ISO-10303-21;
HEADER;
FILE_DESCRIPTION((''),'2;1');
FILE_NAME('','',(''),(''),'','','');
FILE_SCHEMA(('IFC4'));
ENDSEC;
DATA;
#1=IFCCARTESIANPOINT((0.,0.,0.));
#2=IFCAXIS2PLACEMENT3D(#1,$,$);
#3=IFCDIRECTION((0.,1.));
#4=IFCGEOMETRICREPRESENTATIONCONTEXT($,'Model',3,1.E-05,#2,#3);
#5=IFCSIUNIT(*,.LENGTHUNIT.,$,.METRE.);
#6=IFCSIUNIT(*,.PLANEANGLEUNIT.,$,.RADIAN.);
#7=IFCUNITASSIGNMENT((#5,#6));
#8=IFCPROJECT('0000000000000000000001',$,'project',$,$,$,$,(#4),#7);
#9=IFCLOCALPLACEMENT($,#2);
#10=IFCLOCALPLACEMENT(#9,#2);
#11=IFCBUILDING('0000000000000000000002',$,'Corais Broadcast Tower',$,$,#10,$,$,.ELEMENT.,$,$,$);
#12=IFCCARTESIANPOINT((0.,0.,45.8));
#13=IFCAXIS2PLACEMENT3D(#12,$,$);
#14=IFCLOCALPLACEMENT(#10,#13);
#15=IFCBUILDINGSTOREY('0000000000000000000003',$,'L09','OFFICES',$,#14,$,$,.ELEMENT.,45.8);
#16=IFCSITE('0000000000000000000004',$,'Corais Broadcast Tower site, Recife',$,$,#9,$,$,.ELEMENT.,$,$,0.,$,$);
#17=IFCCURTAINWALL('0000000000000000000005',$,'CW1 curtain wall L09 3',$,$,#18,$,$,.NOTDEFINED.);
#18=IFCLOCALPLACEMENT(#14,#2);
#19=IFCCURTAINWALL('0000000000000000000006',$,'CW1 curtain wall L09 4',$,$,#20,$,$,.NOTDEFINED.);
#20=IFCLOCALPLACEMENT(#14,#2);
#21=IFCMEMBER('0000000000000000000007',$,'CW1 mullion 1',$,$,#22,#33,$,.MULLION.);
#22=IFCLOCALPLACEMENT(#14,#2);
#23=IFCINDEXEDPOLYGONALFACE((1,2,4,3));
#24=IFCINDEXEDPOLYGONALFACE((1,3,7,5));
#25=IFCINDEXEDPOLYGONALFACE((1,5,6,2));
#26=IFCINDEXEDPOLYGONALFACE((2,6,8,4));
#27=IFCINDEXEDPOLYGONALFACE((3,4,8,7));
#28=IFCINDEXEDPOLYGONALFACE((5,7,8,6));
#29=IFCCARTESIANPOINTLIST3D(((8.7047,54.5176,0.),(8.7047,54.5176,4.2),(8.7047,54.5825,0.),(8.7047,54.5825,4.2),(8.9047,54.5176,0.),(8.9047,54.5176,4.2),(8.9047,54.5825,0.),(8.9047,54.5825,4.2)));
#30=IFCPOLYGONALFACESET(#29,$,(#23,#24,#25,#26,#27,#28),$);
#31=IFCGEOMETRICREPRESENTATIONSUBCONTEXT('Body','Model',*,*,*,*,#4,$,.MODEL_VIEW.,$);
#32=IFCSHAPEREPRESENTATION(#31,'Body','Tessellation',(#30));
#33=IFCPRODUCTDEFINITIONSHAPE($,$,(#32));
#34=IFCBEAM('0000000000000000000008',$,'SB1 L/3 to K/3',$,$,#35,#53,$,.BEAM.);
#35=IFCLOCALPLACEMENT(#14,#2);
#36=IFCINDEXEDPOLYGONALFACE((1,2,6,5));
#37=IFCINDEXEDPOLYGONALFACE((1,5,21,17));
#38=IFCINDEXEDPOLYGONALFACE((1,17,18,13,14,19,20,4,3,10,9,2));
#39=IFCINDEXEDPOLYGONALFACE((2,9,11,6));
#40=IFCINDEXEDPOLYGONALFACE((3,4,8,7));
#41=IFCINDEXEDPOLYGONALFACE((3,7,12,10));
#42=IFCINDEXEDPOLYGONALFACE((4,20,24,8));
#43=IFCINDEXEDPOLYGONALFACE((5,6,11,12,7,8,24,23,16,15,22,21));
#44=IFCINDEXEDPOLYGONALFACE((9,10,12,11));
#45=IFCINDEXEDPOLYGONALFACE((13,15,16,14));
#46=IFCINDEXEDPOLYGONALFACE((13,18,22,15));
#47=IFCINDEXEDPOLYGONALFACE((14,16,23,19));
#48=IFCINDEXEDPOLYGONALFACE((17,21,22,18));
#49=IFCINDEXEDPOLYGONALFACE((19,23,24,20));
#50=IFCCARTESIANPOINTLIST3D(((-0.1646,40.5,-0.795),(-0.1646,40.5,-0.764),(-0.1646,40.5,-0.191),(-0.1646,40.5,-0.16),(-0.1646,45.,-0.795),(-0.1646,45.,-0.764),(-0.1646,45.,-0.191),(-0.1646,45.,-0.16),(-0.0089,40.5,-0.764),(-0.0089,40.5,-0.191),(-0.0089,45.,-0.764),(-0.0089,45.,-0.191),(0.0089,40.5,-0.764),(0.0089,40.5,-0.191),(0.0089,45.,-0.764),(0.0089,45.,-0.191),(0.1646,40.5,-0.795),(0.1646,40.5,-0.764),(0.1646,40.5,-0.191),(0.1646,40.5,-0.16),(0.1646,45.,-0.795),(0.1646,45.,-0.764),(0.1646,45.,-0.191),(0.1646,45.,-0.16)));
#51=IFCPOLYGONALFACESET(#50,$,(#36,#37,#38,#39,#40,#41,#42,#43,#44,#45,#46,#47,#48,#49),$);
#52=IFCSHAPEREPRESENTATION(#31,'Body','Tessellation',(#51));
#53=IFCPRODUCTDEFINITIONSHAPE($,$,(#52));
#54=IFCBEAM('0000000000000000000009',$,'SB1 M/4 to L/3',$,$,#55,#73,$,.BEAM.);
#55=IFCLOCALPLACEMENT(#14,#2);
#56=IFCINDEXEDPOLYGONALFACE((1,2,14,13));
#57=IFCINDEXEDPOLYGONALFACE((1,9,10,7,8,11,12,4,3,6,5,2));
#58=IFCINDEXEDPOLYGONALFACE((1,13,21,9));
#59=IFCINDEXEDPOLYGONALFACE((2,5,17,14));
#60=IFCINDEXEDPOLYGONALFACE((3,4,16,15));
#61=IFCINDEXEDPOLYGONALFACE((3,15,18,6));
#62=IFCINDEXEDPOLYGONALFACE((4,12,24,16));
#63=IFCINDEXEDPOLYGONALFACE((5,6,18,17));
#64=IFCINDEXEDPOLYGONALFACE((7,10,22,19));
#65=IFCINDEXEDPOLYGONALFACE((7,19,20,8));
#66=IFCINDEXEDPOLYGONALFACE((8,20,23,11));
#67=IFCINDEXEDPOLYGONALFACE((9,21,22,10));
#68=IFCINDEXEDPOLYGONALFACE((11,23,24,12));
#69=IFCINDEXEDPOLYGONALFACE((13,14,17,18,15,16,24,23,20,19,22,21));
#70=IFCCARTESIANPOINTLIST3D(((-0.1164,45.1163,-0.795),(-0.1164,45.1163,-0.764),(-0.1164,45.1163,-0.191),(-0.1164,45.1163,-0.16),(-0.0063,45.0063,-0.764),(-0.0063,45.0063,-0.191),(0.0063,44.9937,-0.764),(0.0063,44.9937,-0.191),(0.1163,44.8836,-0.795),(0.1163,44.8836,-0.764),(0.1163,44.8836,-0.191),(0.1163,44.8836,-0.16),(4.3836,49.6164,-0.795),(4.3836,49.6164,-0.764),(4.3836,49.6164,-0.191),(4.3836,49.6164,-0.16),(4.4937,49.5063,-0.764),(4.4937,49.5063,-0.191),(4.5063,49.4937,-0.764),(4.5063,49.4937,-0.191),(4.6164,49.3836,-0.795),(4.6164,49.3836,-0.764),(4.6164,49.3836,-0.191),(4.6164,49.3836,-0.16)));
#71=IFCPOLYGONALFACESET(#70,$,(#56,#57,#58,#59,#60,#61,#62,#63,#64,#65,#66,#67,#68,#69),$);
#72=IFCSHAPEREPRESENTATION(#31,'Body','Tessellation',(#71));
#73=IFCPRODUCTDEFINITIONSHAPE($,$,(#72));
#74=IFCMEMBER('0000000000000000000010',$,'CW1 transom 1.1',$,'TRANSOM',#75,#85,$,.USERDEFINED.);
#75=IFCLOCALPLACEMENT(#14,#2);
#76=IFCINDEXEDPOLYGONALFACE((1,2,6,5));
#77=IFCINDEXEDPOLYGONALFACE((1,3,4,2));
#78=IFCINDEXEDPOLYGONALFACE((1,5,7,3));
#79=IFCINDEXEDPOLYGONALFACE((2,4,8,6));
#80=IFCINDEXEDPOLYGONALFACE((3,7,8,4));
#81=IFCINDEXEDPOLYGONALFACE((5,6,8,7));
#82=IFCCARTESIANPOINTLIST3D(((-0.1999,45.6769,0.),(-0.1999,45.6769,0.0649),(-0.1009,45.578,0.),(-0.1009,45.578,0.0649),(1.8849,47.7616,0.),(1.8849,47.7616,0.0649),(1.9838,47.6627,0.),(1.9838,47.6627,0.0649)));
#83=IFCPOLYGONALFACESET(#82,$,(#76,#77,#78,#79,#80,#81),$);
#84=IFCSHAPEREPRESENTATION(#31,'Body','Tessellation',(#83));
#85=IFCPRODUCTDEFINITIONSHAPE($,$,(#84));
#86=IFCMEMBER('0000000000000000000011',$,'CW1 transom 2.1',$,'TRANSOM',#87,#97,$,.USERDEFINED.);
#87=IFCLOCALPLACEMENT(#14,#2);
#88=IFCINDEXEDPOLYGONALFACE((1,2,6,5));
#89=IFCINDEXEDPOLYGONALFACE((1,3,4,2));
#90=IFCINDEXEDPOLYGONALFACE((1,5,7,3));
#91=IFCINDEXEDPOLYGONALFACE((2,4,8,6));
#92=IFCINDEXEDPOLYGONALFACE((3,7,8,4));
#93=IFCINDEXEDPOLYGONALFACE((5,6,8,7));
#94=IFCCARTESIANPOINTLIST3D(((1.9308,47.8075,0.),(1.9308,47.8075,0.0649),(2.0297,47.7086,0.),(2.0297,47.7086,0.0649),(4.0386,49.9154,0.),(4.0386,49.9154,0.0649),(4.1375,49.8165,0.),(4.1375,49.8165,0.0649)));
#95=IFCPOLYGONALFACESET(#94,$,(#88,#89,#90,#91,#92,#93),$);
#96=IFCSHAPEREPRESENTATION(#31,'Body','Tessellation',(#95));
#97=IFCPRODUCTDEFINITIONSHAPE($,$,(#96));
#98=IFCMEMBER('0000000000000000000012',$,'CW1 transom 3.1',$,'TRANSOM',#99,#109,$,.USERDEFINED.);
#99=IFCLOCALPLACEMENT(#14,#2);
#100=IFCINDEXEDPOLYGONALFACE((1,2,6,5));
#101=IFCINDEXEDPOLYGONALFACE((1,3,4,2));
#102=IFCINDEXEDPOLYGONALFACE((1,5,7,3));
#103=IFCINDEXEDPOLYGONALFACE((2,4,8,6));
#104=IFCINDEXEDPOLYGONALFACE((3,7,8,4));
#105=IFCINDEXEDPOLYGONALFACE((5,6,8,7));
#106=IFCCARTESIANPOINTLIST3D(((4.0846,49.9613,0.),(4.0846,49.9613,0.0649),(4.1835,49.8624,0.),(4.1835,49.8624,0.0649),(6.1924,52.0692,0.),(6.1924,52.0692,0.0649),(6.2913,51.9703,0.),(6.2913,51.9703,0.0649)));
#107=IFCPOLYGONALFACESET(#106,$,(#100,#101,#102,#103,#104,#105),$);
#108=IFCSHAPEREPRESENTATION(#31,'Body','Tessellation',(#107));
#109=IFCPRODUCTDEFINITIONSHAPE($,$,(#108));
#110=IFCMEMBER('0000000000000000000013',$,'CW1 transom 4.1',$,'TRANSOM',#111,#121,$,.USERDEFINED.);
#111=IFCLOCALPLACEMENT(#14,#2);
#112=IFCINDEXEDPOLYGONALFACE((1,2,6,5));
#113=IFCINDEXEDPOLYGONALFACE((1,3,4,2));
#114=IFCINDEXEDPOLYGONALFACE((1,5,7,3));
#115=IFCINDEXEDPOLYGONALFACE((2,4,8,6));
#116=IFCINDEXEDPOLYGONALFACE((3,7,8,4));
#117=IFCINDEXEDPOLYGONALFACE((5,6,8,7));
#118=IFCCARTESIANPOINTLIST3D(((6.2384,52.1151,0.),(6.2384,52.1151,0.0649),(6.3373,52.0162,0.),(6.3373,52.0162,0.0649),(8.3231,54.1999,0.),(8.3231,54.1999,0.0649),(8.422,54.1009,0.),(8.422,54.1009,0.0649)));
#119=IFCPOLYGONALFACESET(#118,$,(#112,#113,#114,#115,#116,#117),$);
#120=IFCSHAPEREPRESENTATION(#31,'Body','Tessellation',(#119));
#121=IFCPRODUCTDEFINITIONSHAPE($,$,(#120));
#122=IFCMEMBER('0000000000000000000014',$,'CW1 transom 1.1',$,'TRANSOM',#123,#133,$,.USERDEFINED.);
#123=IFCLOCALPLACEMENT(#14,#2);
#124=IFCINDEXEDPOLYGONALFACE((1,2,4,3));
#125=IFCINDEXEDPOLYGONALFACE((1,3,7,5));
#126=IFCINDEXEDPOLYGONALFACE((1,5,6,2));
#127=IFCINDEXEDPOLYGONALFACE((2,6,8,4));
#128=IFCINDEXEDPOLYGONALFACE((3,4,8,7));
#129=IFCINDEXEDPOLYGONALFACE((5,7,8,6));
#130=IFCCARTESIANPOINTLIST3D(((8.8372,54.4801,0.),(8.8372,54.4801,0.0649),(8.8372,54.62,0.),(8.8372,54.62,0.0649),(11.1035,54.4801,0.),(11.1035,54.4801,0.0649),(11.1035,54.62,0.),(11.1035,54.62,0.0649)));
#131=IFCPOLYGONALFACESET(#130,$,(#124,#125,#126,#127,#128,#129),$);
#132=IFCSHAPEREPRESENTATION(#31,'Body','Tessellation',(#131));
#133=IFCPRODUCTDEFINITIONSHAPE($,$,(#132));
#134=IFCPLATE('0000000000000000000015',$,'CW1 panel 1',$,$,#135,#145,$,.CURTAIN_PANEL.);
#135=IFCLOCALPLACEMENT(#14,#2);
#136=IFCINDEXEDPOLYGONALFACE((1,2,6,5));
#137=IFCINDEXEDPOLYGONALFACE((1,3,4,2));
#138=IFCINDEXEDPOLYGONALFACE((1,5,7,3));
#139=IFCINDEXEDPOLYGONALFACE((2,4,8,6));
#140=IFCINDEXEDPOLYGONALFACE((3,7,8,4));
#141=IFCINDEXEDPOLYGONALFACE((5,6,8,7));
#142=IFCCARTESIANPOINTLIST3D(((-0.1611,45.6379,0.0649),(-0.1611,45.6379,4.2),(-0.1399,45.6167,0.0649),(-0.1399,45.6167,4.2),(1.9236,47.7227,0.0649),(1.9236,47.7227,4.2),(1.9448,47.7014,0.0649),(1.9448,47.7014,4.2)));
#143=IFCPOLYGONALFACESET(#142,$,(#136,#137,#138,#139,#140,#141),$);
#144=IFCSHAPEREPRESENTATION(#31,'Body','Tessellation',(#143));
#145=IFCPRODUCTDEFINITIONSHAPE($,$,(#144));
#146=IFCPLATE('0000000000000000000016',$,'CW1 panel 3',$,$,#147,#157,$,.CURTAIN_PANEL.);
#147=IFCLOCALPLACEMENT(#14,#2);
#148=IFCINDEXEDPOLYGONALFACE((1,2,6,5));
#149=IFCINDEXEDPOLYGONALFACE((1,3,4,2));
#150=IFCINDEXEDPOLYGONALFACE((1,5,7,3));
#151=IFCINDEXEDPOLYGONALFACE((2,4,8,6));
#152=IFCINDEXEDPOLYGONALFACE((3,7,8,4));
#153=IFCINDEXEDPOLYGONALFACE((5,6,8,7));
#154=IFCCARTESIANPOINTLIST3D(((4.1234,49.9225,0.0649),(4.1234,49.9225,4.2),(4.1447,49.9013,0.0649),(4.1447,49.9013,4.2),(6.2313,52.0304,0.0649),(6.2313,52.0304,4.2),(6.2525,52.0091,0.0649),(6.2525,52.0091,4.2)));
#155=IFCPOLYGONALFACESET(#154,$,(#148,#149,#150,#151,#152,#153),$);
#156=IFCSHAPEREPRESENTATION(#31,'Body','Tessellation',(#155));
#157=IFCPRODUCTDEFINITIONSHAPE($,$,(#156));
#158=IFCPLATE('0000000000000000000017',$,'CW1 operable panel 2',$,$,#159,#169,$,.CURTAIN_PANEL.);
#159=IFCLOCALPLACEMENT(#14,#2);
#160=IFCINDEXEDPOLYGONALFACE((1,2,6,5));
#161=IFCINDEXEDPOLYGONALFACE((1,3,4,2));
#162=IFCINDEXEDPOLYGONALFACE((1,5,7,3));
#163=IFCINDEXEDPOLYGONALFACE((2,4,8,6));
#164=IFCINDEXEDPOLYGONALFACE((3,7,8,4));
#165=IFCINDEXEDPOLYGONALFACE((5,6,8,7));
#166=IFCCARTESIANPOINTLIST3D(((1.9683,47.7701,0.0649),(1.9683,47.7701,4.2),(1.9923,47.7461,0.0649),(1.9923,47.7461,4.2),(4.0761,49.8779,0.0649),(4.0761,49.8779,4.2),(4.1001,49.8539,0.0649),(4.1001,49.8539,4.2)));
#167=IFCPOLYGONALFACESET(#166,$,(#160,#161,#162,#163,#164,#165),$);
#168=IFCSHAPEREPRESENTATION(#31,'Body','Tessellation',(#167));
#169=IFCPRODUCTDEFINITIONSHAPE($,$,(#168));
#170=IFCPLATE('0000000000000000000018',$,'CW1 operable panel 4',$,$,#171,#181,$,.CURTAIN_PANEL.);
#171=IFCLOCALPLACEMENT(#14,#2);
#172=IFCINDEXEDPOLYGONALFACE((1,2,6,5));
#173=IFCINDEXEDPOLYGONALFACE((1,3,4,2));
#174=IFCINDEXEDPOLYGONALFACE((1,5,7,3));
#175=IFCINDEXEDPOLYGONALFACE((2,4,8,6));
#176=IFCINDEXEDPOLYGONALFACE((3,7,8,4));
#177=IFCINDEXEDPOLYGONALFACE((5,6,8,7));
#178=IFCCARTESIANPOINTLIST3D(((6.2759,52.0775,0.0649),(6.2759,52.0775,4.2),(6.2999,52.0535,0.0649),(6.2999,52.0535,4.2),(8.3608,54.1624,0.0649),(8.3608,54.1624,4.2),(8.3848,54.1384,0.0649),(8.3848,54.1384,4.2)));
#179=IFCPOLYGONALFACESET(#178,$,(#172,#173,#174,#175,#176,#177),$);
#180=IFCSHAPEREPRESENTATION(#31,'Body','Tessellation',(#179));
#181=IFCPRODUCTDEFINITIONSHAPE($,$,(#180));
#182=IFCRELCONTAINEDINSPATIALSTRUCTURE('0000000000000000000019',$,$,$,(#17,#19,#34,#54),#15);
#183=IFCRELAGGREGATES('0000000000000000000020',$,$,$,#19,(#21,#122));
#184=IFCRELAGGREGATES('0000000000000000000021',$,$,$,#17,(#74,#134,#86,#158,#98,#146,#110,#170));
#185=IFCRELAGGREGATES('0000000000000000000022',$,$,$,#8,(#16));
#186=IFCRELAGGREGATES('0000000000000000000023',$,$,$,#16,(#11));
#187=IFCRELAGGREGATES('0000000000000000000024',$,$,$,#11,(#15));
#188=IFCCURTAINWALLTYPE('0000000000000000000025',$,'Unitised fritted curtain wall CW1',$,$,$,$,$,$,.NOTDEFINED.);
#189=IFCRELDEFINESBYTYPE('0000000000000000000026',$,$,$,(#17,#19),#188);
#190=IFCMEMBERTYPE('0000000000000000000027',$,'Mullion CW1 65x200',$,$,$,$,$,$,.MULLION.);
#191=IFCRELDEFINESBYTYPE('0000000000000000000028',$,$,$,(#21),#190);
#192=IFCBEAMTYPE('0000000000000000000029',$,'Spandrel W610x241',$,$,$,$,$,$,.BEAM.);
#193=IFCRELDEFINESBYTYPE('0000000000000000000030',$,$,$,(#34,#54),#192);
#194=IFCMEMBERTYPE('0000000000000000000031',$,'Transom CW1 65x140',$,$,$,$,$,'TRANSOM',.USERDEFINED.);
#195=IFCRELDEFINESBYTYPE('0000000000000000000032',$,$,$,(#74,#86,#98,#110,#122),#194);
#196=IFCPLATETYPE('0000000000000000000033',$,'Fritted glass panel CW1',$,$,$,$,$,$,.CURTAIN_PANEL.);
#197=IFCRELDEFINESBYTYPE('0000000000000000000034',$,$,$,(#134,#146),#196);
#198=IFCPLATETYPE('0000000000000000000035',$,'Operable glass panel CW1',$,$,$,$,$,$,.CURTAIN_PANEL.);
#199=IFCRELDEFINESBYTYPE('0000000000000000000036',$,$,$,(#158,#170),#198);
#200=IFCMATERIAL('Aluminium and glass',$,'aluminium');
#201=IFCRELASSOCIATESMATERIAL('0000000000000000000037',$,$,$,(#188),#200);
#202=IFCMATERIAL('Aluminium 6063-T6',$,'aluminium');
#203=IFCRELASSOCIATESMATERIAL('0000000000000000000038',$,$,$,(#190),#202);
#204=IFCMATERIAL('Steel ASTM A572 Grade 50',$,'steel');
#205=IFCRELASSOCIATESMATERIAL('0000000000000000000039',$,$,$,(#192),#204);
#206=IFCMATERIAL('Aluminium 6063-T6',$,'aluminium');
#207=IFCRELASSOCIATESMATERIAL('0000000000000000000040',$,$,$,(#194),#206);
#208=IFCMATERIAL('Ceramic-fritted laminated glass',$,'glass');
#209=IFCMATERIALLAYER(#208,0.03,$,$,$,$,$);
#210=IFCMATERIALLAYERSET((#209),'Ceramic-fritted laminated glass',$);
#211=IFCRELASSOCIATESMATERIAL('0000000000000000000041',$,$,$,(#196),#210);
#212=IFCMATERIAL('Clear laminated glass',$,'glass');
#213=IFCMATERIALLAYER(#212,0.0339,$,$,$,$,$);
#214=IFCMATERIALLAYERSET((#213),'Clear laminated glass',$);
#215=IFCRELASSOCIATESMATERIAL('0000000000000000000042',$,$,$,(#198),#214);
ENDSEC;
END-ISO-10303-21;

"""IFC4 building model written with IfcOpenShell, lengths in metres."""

from ifc_helpers import new_model, si_unit, direction, frame, origin, origin_2d, place, context, subcontext, project, spatial, rectangle, i_section, extrude, material, layer, layer_set, material_profile, profile_set, type_object, element, aggregate, save


model = new_model("IFC4")

# Units and contexts
model_context = context("Model", 3, precision=1e-05, world=origin(), true_north=direction((0.0, 1.0)))
body_context = subcontext(model_context, "Body", "Model", "MODEL_VIEW")
ifc_project = project(units=[si_unit("LENGTHUNIT", "METRE"), si_unit("PLANEANGLEUNIT", "RADIAN")], contexts=[model_context])

# Site, building, storey
site_placement = place(None, origin())
site = spatial("IfcSite", under=ifc_project, at=site_placement, Name="Corais Broadcast Tower site, Recife", CompositionType="ELEMENT", RefElevation=0.0)
building_placement = place(site_placement, origin())
building = spatial("IfcBuilding", under=site, at=building_placement, Name="Corais Broadcast Tower", CompositionType="ELEMENT")
storey_placement = place(building_placement, frame((0.0, 0.0, 45.8)))
storey = spatial("IfcBuildingStorey", under=building, at=storey_placement, Name="L09", Description="OFFICES", CompositionType="ELEMENT", Elevation=45.8)

# Shared definitions
ifc_material_1 = material(Name="Aluminium and glass", Category="aluminium")
curtain_wall_type = type_object("IfcCurtainWallType", Name="Unitised fritted curtain wall CW1", PredefinedType="NOTDEFINED", material=ifc_material_1)
ifc_material_2 = material(Name="Aluminium 6063-T6", Category="aluminium")
ifc_material_profile_1 = material_profile(ifc_material_2, rectangle(XDim=0.0649, YDim=0.2, at=origin_2d()), Name="Mullion CW1 65x200")
ifc_profile_set_1 = profile_set([ifc_material_profile_1], Name="Aluminium 6063-T6")
member_type_1 = type_object("IfcMemberType", Name="Mullion CW1 65x200", PredefinedType="MULLION", material=ifc_profile_set_1)

# Curtain wall
curtain_wall_1_placement = place(storey_placement, origin())
curtain_wall_1 = element("IfcCurtainWall", 1, at=curtain_wall_1_placement, inside=storey, type_object=curtain_wall_type, Name="CW1 curtain wall L09 3", PredefinedType="NOTDEFINED")

# Curtain wall, member
curtain_wall_2_placement = place(storey_placement, origin())
curtain_wall_2 = element("IfcCurtainWall", 2, at=curtain_wall_2_placement, inside=storey, type_object=curtain_wall_type, Name="CW1 curtain wall L09 4", PredefinedType="NOTDEFINED")
member_1_placement = place(storey_placement, frame((8.8047, 54.55, 0.0), z_axis=(0.0, 0.0, 1.0), x_axis=(0.0, 1.0, 0.0)))
member_1 = element("IfcMember", 3, at=member_1_placement, type_object=member_type_1, Name="CW1 mullion 1", PredefinedType="MULLION", context=body_context, shape_type="SweptSolid", body=[
    extrude(rectangle(XDim=0.0649, YDim=0.2, at=origin_2d()), origin(), (0.0, 0.0, 1.0), 4.2),
])

# Beams
ifc_material_3 = material(Name="Steel ASTM A572 Grade 50", Category="steel")
ifc_material_profile_2 = material_profile(ifc_material_3, i_section(OverallWidth=0.3291, OverallDepth=0.635, WebThickness=0.0178, FlangeThickness=0.031, at=origin_2d()), Name="W610x241")
ifc_profile_set_2 = profile_set([ifc_material_profile_2], Name="Steel ASTM A572 Grade 50")
beam_type_1 = type_object("IfcBeamType", Name="Spandrel W610x241", PredefinedType="BEAM", material=ifc_profile_set_2)
beam_1_placement = place(storey_placement, frame((0.0, 45.0, -0.4775), z_axis=(0.0, -1.0, 0.0), x_axis=(1.0, 0.0, 0.0)))
element("IfcBeam", 4, at=beam_1_placement, inside=storey, type_object=beam_type_1, Name="SB1 L/3 to K/3", PredefinedType="BEAM", context=body_context, shape_type="SweptSolid", body=[
    extrude(i_section(OverallWidth=0.3291, OverallDepth=0.635, WebThickness=0.0178, FlangeThickness=0.031, at=origin_2d()), origin(), (0.0, 0.0, 1.0), 4.5),
])
beam_2_placement = place(storey_placement, frame((4.5, 49.5, -0.4775), z_axis=(-0.707107, -0.707107, 0.0), x_axis=(0.707107, -0.707107, 0.0)))
element("IfcBeam", 5, at=beam_2_placement, inside=storey, type_object=beam_type_1, Name="SB1 M/4 to L/3", PredefinedType="BEAM", context=body_context, shape_type="SweptSolid", body=[
    extrude(i_section(OverallWidth=0.3291, OverallDepth=0.635, WebThickness=0.0178, FlangeThickness=0.031, at=origin_2d()), origin(), (0.0, 0.0, 1.0), 6.364),
])

# Members
ifc_material_4 = material(Name="Aluminium 6063-T6", Category="aluminium")
ifc_material_profile_3 = material_profile(ifc_material_4, rectangle(XDim=0.1399, YDim=0.0649, at=origin_2d()), Name="Transom CW1 65x140")
ifc_profile_set_3 = profile_set([ifc_material_profile_3], Name="Aluminium 6063-T6")
member_type_2 = type_object("IfcMemberType", Name="Transom CW1 65x140", ElementType="TRANSOM", PredefinedType="USERDEFINED", material=ifc_profile_set_3)
member_2_placement = place(storey_placement, frame((-0.1504, 45.6274, 0.0325), z_axis=(0.707107, 0.707107, 0.0), x_axis=(-0.707107, 0.707107, 0.0)))
member_2 = element("IfcMember", 6, at=member_2_placement, type_object=member_type_2, Name="CW1 transom 1.1", ObjectType="TRANSOM", PredefinedType="USERDEFINED", context=body_context, shape_type="SweptSolid", body=[
    extrude(rectangle(XDim=0.1399, YDim=0.0649, at=origin_2d()), origin(), (0.0, 0.0, 1.0), 2.9482),
])
member_3_placement = place(storey_placement, frame((1.9802, 47.7581, 0.0325), z_axis=(0.707107, 0.707107, 0.0), x_axis=(-0.707107, 0.707107, 0.0)))
member_3 = element("IfcMember", 7, at=member_3_placement, type_object=member_type_2, Name="CW1 transom 2.1", ObjectType="TRANSOM", PredefinedType="USERDEFINED", context=body_context, shape_type="SweptSolid", body=[
    extrude(rectangle(XDim=0.1399, YDim=0.0649, at=origin_2d()), origin(), (0.0, 0.0, 1.0), 2.981),
])
member_4_placement = place(storey_placement, frame((4.134, 49.9119, 0.0325), z_axis=(0.707107, 0.707107, 0.0), x_axis=(-0.707107, 0.707107, 0.0)))
member_4 = element("IfcMember", 8, at=member_4_placement, type_object=member_type_2, Name="CW1 transom 3.1", ObjectType="TRANSOM", PredefinedType="USERDEFINED", context=body_context, shape_type="SweptSolid", body=[
    extrude(rectangle(XDim=0.1399, YDim=0.0649, at=origin_2d()), origin(), (0.0, 0.0, 1.0), 2.981),
])
member_5_placement = place(storey_placement, frame((6.2878, 52.0657, 0.0325), z_axis=(0.707107, 0.707107, 0.0), x_axis=(-0.707107, 0.707107, 0.0)))
member_5 = element("IfcMember", 9, at=member_5_placement, type_object=member_type_2, Name="CW1 transom 4.1", ObjectType="TRANSOM", PredefinedType="USERDEFINED", context=body_context, shape_type="SweptSolid", body=[
    extrude(rectangle(XDim=0.1399, YDim=0.0649, at=origin_2d()), origin(), (0.0, 0.0, 1.0), 2.9482),
])
member_6_placement = place(storey_placement, frame((8.8372, 54.55, 0.0325), z_axis=(1.0, 0.0, 0.0), x_axis=(0.0, 1.0, 0.0)))
member_6 = element("IfcMember", 10, at=member_6_placement, type_object=member_type_2, Name="CW1 transom 1.1", ObjectType="TRANSOM", PredefinedType="USERDEFINED", context=body_context, shape_type="SweptSolid", body=[
    extrude(rectangle(XDim=0.1399, YDim=0.0649, at=origin_2d()), origin(), (0.0, 0.0, 1.0), 2.2664),
])
aggregate(curtain_wall_2, [member_1, member_6])

# Plates
ifc_material_5 = material(Name="Ceramic-fritted laminated glass", Category="glass")
ifc_layer_1 = layer(ifc_material_5, 0.03)
ifc_layer_set_1 = layer_set([ifc_layer_1], Name="Ceramic-fritted laminated glass")
plate_type_1 = type_object("IfcPlateType", Name="Fritted glass panel CW1", PredefinedType="CURTAIN_PANEL", material=ifc_layer_set_1)
plate_1_placement = place(storey_placement, frame((0.8918, 46.6697, 0.0649), z_axis=(0.0, 0.0, 1.0), x_axis=(0.707107, 0.707107, 0.0)))
plate_1 = element("IfcPlate", 11, at=plate_1_placement, type_object=plate_type_1, Name="CW1 panel 1", PredefinedType="CURTAIN_PANEL", context=body_context, shape_type="SweptSolid", body=[
    extrude(rectangle(XDim=2.9482, YDim=0.03, at=origin_2d()), origin(), (0.0, 0.0, 1.0), 4.135),
])
plate_2_placement = place(storey_placement, frame((5.188, 50.9658, 0.0649), z_axis=(0.0, 0.0, 1.0), x_axis=(0.707107, 0.707107, 0.0)))
plate_2 = element("IfcPlate", 12, at=plate_2_placement, type_object=plate_type_1, Name="CW1 panel 3", PredefinedType="CURTAIN_PANEL", context=body_context, shape_type="SweptSolid", body=[
    extrude(rectangle(XDim=2.981, YDim=0.03, at=origin_2d()), origin(), (0.0, 0.0, 1.0), 4.135),
])
ifc_material_6 = material(Name="Clear laminated glass", Category="glass")
ifc_layer_2 = layer(ifc_material_6, 0.0339)
ifc_layer_set_2 = layer_set([ifc_layer_2], Name="Clear laminated glass")
plate_type_2 = type_object("IfcPlateType", Name="Operable glass panel CW1", PredefinedType="CURTAIN_PANEL", material=ifc_layer_set_2)
plate_3_placement = place(storey_placement, frame((3.0342, 48.812, 0.0649), z_axis=(0.0, 0.0, 1.0), x_axis=(0.707107, 0.707107, 0.0)))
plate_3 = element("IfcPlate", 13, at=plate_3_placement, type_object=plate_type_2, Name="CW1 operable panel 2", PredefinedType="CURTAIN_PANEL", context=body_context, shape_type="SweptSolid", body=[
    extrude(rectangle(XDim=2.981, YDim=0.0339, at=origin_2d()), origin(), (0.0, 0.0, 1.0), 4.135),
])
plate_4_placement = place(storey_placement, frame((7.3303, 53.1079, 0.0649), z_axis=(0.0, 0.0, 1.0), x_axis=(0.707107, 0.707107, 0.0)))
plate_4 = element("IfcPlate", 14, at=plate_4_placement, type_object=plate_type_2, Name="CW1 operable panel 4", PredefinedType="CURTAIN_PANEL", context=body_context, shape_type="SweptSolid", body=[
    extrude(rectangle(XDim=2.9485, YDim=0.0339, at=origin_2d()), origin(), (0.0, 0.0, 1.0), 4.135),
])
aggregate(curtain_wall_1, [member_2, plate_1, member_3, plate_3, member_4, plate_2, member_5, plate_4])

save(model, "model.ifc")
